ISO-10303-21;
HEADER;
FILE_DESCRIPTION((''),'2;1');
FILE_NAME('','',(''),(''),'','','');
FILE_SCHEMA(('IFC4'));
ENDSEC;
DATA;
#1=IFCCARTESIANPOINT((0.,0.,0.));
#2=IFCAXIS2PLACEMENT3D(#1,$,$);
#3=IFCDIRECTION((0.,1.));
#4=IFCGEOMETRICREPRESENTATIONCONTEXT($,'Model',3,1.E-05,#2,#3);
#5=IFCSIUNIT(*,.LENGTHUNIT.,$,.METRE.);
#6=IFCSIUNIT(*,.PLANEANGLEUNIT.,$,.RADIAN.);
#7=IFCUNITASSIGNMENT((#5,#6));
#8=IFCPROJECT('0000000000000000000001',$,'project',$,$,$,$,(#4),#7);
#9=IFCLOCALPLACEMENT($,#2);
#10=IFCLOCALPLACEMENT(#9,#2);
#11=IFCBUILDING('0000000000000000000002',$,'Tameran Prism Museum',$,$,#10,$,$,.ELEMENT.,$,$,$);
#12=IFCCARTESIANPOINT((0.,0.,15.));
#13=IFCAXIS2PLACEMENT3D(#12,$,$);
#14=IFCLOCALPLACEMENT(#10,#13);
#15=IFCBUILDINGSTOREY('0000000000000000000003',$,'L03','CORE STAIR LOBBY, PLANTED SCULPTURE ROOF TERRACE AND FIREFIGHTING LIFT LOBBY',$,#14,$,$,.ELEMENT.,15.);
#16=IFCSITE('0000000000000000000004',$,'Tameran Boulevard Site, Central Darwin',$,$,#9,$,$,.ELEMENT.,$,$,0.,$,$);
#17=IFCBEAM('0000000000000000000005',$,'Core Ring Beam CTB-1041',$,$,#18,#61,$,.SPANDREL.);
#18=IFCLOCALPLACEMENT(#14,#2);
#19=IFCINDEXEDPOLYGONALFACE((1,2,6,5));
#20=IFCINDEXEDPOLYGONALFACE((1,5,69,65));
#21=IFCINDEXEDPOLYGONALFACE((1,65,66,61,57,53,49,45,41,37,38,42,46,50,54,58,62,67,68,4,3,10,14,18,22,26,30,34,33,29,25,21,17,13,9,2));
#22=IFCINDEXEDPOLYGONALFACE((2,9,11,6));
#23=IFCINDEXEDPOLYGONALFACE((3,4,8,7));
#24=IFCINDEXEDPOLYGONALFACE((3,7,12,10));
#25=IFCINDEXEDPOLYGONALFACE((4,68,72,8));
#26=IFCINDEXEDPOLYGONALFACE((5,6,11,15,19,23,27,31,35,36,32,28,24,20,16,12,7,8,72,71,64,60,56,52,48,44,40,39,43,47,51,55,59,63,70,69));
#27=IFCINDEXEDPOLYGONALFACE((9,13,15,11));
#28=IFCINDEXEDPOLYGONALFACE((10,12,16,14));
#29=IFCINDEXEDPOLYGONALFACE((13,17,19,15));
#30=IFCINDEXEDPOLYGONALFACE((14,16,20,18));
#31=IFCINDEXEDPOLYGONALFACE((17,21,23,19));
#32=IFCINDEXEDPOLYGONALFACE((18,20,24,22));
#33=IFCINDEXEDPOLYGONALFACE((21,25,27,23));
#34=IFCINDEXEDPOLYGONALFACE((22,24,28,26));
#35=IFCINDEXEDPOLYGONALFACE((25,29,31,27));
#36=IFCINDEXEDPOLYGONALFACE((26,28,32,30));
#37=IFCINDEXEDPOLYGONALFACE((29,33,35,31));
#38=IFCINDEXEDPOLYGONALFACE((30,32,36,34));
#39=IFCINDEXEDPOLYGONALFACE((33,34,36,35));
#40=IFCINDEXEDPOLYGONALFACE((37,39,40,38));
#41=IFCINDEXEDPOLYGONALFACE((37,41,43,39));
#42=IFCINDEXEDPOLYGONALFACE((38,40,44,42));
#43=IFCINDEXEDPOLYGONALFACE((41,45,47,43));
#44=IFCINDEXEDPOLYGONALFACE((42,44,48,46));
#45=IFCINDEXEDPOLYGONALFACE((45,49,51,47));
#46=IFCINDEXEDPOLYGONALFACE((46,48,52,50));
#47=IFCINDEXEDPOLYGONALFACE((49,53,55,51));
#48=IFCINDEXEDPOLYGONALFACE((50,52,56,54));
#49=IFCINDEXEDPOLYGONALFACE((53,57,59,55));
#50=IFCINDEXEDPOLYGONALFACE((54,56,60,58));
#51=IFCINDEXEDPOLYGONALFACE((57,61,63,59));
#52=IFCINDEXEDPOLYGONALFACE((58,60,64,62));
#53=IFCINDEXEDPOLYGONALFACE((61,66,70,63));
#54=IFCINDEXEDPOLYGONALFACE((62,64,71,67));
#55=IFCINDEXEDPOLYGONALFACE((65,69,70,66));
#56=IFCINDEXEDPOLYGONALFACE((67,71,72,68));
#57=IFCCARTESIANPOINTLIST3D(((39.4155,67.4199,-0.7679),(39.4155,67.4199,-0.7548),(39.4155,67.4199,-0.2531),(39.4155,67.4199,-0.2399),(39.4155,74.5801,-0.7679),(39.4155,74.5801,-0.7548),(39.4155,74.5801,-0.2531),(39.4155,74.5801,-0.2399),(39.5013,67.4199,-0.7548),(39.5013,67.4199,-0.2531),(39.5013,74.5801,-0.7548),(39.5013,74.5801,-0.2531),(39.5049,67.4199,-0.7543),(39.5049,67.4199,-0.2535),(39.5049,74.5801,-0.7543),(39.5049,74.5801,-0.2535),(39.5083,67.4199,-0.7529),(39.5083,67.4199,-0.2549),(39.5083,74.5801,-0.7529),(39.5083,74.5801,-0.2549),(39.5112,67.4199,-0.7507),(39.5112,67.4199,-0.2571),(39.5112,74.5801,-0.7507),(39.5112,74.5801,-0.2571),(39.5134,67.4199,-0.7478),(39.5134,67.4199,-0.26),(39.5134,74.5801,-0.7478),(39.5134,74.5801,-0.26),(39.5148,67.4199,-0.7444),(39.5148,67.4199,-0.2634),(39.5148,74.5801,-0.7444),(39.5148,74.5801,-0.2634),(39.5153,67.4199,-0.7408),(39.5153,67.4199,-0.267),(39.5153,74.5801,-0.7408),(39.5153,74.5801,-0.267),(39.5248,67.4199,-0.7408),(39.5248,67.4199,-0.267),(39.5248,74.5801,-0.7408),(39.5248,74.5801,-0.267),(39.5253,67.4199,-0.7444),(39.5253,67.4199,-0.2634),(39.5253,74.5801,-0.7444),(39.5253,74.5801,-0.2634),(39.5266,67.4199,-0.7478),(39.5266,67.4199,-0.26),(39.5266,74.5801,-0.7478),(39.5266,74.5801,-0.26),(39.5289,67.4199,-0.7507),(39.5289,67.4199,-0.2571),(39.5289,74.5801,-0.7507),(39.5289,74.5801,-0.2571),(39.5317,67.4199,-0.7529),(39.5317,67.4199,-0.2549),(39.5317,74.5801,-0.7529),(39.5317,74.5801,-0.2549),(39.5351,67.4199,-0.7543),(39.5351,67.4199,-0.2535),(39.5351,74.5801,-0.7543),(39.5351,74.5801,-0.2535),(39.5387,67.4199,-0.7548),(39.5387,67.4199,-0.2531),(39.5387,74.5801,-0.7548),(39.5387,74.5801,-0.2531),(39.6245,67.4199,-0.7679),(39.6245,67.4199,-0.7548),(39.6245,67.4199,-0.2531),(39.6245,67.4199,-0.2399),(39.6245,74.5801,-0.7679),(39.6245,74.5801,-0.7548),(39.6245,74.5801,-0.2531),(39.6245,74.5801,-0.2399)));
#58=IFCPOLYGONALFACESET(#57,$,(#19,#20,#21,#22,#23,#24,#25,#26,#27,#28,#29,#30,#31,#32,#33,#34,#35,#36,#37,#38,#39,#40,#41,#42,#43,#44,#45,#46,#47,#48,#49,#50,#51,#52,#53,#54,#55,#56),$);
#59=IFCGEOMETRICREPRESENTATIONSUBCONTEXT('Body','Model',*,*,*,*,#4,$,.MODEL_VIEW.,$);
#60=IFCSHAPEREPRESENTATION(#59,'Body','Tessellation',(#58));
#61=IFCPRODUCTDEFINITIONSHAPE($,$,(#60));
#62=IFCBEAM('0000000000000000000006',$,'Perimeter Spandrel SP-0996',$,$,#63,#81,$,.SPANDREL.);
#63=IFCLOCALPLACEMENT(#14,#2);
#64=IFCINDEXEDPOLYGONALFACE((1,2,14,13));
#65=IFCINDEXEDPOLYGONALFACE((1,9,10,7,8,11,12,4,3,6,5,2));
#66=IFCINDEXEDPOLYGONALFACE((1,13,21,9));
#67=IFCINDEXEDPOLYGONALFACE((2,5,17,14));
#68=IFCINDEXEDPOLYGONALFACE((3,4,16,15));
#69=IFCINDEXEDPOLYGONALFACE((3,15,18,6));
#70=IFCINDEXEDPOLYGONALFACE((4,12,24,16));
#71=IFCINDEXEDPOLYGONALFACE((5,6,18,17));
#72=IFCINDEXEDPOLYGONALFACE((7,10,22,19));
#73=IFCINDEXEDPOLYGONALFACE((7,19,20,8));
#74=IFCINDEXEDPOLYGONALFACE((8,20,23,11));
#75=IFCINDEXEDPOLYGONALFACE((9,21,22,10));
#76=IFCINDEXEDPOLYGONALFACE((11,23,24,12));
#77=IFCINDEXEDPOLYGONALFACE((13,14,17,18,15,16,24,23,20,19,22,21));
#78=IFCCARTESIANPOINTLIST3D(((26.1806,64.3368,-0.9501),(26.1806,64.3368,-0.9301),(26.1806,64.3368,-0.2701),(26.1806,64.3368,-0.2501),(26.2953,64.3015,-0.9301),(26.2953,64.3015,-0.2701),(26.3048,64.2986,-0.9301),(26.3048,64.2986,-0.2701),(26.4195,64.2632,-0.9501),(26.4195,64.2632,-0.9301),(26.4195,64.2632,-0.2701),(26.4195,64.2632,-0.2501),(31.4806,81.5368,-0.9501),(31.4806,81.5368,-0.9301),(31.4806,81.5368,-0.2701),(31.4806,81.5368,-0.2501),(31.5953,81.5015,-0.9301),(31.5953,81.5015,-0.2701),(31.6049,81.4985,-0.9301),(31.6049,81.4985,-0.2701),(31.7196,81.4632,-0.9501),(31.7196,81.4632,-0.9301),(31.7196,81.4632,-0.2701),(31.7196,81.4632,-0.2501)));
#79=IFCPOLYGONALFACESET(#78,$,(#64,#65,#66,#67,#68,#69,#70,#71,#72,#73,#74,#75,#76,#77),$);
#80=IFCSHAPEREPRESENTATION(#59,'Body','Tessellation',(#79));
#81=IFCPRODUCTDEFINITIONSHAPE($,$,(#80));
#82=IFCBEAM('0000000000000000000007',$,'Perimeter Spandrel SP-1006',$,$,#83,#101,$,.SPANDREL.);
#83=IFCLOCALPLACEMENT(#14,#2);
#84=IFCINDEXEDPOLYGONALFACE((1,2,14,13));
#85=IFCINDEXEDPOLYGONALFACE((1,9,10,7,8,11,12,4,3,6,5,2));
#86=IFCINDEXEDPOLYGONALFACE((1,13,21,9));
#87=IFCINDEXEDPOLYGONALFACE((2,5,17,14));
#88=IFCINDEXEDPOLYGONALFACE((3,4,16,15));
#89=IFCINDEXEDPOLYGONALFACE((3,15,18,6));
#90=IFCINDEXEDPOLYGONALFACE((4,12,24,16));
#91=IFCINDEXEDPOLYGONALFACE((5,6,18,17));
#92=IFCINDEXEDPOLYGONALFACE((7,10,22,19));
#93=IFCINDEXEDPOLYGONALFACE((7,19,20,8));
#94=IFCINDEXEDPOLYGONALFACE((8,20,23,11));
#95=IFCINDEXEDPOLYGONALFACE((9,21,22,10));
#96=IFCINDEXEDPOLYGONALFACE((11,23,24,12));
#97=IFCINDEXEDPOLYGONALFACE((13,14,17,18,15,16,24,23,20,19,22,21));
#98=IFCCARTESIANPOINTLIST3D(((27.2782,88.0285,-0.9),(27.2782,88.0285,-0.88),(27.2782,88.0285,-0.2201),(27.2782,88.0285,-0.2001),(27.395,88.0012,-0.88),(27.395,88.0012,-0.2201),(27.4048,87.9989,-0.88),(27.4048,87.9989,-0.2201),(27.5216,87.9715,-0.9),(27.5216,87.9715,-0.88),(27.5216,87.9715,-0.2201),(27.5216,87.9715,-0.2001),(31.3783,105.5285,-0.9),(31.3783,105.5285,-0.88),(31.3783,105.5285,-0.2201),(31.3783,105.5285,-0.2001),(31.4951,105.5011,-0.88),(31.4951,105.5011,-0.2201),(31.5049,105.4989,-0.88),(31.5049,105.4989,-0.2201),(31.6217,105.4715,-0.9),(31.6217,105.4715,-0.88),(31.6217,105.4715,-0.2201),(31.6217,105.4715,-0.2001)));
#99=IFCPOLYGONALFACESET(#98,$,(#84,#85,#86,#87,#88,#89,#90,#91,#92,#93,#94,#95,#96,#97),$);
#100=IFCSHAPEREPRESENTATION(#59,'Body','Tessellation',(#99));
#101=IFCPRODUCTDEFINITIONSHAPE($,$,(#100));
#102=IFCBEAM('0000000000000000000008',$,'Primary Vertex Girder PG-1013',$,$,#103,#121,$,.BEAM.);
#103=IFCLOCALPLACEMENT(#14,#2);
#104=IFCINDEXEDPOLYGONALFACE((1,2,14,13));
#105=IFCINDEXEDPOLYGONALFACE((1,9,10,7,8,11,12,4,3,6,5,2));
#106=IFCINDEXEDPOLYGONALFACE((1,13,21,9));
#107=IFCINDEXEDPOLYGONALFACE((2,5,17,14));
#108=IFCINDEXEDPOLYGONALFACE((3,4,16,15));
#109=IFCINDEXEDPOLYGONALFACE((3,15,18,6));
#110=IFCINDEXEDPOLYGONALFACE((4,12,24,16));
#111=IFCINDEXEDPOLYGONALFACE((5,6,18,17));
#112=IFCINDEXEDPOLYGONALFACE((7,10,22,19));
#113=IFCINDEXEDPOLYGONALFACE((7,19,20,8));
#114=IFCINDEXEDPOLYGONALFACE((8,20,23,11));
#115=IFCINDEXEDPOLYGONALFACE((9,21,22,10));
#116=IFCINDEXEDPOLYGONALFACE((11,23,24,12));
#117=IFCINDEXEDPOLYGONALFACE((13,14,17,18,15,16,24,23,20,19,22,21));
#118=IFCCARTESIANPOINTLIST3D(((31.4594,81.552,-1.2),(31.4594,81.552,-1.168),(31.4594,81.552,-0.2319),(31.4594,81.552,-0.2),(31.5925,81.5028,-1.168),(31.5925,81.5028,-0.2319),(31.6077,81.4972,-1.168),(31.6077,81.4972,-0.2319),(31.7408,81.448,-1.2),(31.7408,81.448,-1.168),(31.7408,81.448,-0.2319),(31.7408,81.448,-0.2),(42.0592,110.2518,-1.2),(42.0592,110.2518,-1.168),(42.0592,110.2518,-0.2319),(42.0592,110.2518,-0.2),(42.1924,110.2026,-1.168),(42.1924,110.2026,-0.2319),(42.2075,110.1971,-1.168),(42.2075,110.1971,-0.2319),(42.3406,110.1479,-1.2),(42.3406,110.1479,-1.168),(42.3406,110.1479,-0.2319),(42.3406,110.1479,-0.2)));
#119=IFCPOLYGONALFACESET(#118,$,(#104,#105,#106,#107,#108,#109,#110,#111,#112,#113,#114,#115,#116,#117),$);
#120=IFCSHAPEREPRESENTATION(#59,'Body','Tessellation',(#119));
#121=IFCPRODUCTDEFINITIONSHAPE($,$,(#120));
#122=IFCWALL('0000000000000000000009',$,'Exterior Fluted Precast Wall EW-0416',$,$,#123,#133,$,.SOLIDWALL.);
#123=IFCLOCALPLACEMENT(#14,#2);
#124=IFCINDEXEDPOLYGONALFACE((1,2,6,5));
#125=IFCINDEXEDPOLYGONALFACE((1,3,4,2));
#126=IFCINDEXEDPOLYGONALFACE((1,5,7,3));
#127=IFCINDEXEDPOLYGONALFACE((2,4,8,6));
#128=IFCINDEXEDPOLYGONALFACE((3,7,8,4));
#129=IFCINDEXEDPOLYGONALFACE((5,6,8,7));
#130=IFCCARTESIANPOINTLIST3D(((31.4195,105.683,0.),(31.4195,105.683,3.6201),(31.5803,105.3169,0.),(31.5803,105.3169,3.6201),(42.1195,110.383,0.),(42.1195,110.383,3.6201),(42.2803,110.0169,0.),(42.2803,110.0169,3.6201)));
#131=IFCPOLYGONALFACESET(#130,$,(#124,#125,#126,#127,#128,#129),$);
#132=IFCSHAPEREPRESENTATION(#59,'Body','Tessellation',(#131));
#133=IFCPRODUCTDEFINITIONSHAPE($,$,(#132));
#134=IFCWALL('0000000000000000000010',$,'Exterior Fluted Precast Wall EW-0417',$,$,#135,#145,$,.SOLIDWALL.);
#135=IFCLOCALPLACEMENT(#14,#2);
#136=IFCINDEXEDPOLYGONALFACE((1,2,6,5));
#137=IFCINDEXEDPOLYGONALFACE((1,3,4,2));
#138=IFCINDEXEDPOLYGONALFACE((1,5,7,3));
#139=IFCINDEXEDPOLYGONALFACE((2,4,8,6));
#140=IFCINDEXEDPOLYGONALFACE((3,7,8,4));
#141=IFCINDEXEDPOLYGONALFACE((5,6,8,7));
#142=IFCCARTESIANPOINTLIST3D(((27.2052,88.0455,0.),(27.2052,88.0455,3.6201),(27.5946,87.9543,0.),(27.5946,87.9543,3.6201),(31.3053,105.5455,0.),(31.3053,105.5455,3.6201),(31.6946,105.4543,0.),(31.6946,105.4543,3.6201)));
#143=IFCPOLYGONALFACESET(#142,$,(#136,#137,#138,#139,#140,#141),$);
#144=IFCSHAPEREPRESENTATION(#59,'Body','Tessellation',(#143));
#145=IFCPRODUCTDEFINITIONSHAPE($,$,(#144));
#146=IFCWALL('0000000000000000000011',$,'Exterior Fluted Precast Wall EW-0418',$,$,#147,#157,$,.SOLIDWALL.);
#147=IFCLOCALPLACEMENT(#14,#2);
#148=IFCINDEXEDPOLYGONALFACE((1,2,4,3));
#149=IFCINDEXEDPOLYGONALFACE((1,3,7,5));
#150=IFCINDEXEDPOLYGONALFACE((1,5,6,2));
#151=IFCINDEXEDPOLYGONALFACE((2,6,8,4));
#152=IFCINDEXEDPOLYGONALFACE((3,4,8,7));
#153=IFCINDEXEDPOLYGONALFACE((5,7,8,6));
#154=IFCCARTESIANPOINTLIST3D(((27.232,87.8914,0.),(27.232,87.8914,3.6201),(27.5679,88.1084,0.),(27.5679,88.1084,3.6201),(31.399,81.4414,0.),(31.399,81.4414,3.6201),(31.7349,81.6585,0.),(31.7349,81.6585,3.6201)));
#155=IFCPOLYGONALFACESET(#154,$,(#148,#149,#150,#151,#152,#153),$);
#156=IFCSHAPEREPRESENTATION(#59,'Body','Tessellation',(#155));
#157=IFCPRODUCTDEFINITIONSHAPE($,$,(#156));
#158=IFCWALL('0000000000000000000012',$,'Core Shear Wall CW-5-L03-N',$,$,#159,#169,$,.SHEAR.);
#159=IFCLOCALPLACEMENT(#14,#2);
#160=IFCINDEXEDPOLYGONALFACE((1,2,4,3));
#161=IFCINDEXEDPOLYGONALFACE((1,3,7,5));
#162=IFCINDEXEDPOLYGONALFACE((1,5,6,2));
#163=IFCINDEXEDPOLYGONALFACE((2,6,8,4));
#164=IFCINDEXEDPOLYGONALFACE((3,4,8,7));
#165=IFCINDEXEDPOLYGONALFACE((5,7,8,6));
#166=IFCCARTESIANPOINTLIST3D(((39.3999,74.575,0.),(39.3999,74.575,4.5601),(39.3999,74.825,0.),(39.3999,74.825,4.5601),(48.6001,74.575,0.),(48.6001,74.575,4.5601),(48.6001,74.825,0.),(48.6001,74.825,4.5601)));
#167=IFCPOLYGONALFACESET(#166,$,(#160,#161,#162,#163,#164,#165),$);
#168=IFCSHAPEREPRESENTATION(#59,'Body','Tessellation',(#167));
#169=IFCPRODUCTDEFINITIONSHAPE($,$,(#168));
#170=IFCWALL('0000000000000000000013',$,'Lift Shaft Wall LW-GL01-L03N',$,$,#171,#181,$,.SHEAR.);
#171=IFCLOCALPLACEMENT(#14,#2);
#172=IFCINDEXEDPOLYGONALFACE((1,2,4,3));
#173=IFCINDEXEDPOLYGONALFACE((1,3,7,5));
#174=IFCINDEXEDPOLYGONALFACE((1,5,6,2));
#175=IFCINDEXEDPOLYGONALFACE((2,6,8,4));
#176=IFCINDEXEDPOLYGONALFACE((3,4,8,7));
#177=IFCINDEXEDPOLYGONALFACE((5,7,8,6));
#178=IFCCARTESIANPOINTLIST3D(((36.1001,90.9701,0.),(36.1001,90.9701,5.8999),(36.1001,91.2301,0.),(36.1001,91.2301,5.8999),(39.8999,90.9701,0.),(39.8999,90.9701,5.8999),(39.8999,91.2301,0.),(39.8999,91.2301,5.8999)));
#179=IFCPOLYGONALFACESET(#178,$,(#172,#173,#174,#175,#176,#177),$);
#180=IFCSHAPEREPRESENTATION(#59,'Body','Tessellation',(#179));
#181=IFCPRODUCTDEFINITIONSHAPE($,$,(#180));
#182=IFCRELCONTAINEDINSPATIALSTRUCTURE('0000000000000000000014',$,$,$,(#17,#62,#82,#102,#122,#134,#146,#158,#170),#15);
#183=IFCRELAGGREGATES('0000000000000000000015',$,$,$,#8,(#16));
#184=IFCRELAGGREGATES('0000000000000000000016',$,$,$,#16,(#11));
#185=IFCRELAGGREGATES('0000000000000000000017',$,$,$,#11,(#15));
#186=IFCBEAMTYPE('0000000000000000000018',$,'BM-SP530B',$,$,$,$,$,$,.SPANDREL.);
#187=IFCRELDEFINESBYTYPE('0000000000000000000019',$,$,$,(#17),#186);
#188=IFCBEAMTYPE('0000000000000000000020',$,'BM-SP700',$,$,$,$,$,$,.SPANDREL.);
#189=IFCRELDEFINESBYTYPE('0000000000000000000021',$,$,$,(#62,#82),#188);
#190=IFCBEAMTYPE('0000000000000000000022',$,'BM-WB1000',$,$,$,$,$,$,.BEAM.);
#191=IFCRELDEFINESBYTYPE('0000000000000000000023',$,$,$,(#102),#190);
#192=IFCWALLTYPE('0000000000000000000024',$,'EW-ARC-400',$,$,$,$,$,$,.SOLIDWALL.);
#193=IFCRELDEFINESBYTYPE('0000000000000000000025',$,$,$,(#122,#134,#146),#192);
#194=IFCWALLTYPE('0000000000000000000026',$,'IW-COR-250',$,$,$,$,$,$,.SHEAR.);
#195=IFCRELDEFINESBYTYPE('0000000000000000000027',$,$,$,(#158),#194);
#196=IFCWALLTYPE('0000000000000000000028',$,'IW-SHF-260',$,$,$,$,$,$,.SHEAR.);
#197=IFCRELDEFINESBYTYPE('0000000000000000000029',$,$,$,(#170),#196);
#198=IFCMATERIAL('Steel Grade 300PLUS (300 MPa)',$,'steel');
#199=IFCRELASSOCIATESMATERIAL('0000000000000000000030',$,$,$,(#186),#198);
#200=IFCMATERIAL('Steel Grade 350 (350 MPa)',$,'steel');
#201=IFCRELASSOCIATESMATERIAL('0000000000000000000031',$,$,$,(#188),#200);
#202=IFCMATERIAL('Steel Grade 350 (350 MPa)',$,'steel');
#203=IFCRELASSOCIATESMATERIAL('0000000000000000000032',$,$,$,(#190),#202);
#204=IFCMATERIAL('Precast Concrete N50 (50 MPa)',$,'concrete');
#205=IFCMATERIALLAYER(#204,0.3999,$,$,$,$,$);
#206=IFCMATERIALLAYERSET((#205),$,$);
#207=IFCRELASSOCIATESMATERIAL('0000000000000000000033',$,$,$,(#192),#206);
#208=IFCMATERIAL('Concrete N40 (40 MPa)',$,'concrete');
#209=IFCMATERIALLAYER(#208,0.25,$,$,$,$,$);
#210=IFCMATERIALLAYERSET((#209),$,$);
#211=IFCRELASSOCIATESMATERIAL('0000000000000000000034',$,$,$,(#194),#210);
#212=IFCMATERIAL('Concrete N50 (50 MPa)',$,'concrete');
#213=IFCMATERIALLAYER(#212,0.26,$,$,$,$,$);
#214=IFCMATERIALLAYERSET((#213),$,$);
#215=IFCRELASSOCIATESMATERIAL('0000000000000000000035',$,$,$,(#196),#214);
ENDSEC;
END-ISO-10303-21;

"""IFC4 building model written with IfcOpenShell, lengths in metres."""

from ifc_helpers import new_model, si_unit, direction, frame, frame_2d, origin, origin_2d, place, context, subcontext, project, spatial, rectangle, i_section, extrude, material, layer, layer_set, material_profile, profile_set, type_object, element, save


model = new_model("IFC4")

# Units and contexts
model_context = context("Model", 3, precision=1e-05, world=origin(), true_north=direction((0.0, 1.0)))
body_context = subcontext(model_context, "Body", "Model", "MODEL_VIEW")
ifc_project = project(units=[si_unit("LENGTHUNIT", "METRE"), si_unit("PLANEANGLEUNIT", "RADIAN")], contexts=[model_context])

# Site, building, storey
site_placement = place(None, origin())
site = spatial("IfcSite", under=ifc_project, at=site_placement, Name="Tameran Boulevard Site, Central Darwin", CompositionType="ELEMENT", RefElevation=0.0)
building_placement = place(site_placement, origin())
building = spatial("IfcBuilding", under=site, at=building_placement, Name="Tameran Prism Museum", CompositionType="ELEMENT")
storey_placement = place(building_placement, frame((0.0, 0.0, 15.0)))
storey = spatial("IfcBuildingStorey", under=building, at=storey_placement, Name="L03", Description="CORE STAIR LOBBY, PLANTED SCULPTURE ROOF TERRACE AND FIREFIGHTING LIFT LOBBY", CompositionType="ELEMENT", Elevation=15.0)

# Beams
ifc_material_1 = material(Name="Steel Grade 300PLUS (300 MPa)", Category="steel")
ifc_material_profile_1 = material_profile(ifc_material_1, i_section(OverallWidth=0.209, OverallDepth=0.5281, WebThickness=0.0095, FlangeThickness=0.0132, FilletRadius=0.0139, at=origin_2d()))
ifc_profile_set_1 = profile_set([ifc_material_profile_1])
beam_type_1 = type_object("IfcBeamType", Name="BM-SP530B", PredefinedType="SPANDREL", material=ifc_profile_set_1)
beam_1_placement = place(storey_placement, frame((39.52, 74.5801, -0.5039), z_axis=(0.0, -1.0, 0.0), x_axis=(1.0, 0.0, 0.0)))
element("IfcBeam", 1, at=beam_1_placement, inside=storey, type_object=beam_type_1, Name="Core Ring Beam CTB-1041", PredefinedType="SPANDREL", context=body_context, shape_type="SweptSolid", body=[
    extrude(i_section(OverallWidth=0.209, OverallDepth=0.5281, WebThickness=0.0095, FlangeThickness=0.0132, FilletRadius=0.0139, at=origin_2d()), origin(), (0.0, 0.0, 1.0), 7.1602),
])
ifc_material_2 = material(Name="Steel Grade 350 (350 MPa)", Category="steel")
ifc_material_profile_2 = material_profile(ifc_material_2, i_section(OverallWidth=0.25, OverallDepth=0.7, WebThickness=0.01, FlangeThickness=0.02, at=origin_2d()))
ifc_profile_set_2 = profile_set([ifc_material_profile_2])
beam_type_2 = type_object("IfcBeamType", Name="BM-SP700", PredefinedType="SPANDREL", material=ifc_profile_set_2)
beam_2_placement = place(storey_placement, frame((31.6001, 81.5, -0.6001), z_axis=(-0.294479, -0.955658, 0.0), x_axis=(0.955658, -0.294479, 0.0)))
element("IfcBeam", 2, at=beam_2_placement, inside=storey, type_object=beam_type_2, Name="Perimeter Spandrel SP-0996", PredefinedType="SPANDREL", context=body_context, shape_type="SweptSolid", body=[
    extrude(i_section(OverallWidth=0.25, OverallDepth=0.7, WebThickness=0.01, FlangeThickness=0.02, at=origin_2d()), origin(), (0.0, 0.0, 1.0), 17.998),
])
beam_3_placement = place(storey_placement, frame((31.5, 105.5, -0.55), z_axis=(-0.228114, -0.973634, 0.0), x_axis=(0.973634, -0.228114, 0.0)))
element("IfcBeam", 3, at=beam_3_placement, inside=storey, type_object=beam_type_2, Name="Perimeter Spandrel SP-1006", PredefinedType="SPANDREL", context=body_context, shape_type="SweptSolid", body=[
    extrude(i_section(OverallWidth=0.25, OverallDepth=0.7, WebThickness=0.01, FlangeThickness=0.02, at=origin_2d()), origin(), (0.0, 0.0, 1.0), 17.9739),
])
ifc_material_3 = material(Name="Steel Grade 350 (350 MPa)", Category="steel")
ifc_material_profile_3 = material_profile(ifc_material_3, i_section(OverallWidth=0.3, OverallDepth=1.0, WebThickness=0.0161, FlangeThickness=0.032, at=origin_2d()))
ifc_profile_set_3 = profile_set([ifc_material_profile_3])
beam_type_3 = type_object("IfcBeamType", Name="BM-WB1000", PredefinedType="BEAM", material=ifc_profile_set_3)
beam_4_placement = place(storey_placement, frame((31.6001, 81.5, -0.7), z_axis=(0.346459, 0.938065, 0.0), x_axis=(-0.938065, 0.346459, 0.0)))
element("IfcBeam", 4, at=beam_4_placement, inside=storey, type_object=beam_type_3, Name="Primary Vertex Girder PG-1013", PredefinedType="BEAM", context=body_context, shape_type="SweptSolid", body=[
    extrude(i_section(OverallWidth=0.3, OverallDepth=1.0, WebThickness=0.0161, FlangeThickness=0.032, at=origin_2d()), origin(), (0.0, 0.0, 1.0), 30.5947),
])

# Walls
ifc_material_4 = material(Name="Precast Concrete N50 (50 MPa)", Category="concrete")
ifc_layer_1 = layer(ifc_material_4, 0.3999)
ifc_layer_set_1 = layer_set([ifc_layer_1])
wall_type_1 = type_object("IfcWallType", Name="EW-ARC-400", PredefinedType="SOLIDWALL", material=ifc_layer_set_1)
wall_1_placement = place(storey_placement, frame((31.5, 105.5, 0.0), z_axis=(0.0, 0.0, 1.0), x_axis=(0.915568, 0.402163, 0.0)))
element("IfcWall", 5, at=wall_1_placement, inside=storey, type_object=wall_type_1, Name="Exterior Fluted Precast Wall EW-0416", PredefinedType="SOLIDWALL", context=body_context, shape_type="SweptSolid", body=[
    extrude(rectangle(XDim=11.6868, YDim=0.3999, at=frame_2d((5.8433, 0.0))), origin(), (0.0, 0.0, 1.0), 3.6201),
])
wall_2_placement = place(storey_placement, frame((27.3999, 88.0, 0.0), z_axis=(0.0, 0.0, 1.0), x_axis=(0.228114, 0.973634, 0.0)))
element("IfcWall", 6, at=wall_2_placement, inside=storey, type_object=wall_type_1, Name="Exterior Fluted Precast Wall EW-0417", PredefinedType="SOLIDWALL", context=body_context, shape_type="SweptSolid", body=[
    extrude(rectangle(XDim=17.9739, YDim=0.3999, at=frame_2d((8.9868, 0.0))), origin(), (0.0, 0.0, 1.0), 3.6201),
])
wall_3_placement = place(storey_placement, frame((31.5669, 81.55, 0.0), z_axis=(0.0, 0.0, 1.0), x_axis=(-0.542654, 0.839956, 0.0)))
element("IfcWall", 7, at=wall_3_placement, inside=storey, type_object=wall_type_1, Name="Exterior Fluted Precast Wall EW-0418", PredefinedType="SOLIDWALL", context=body_context, shape_type="SweptSolid", body=[
    extrude(rectangle(XDim=7.679, YDim=0.3999, at=frame_2d((3.8394, 0.0))), origin(), (0.0, 0.0, 1.0), 3.6201),
])
ifc_material_5 = material(Name="Concrete N40 (40 MPa)", Category="concrete")
ifc_layer_2 = layer(ifc_material_5, 0.25)
ifc_layer_set_2 = layer_set([ifc_layer_2])
wall_type_2 = type_object("IfcWallType", Name="IW-COR-250", PredefinedType="SHEAR", material=ifc_layer_set_2)
wall_4_placement = place(storey_placement, frame((39.3999, 74.7, 0.0), z_axis=(0.0, 0.0, 1.0), x_axis=(1.0, 0.0, 0.0)))
element("IfcWall", 8, at=wall_4_placement, inside=storey, type_object=wall_type_2, Name="Core Shear Wall CW-5-L03-N", PredefinedType="SHEAR", context=body_context, shape_type="SweptSolid", body=[
    extrude(rectangle(XDim=9.2002, YDim=0.25, at=frame_2d((4.6001, 0.0))), origin(), (0.0, 0.0, 1.0), 4.5601),
])
ifc_material_6 = material(Name="Concrete N50 (50 MPa)", Category="concrete")
ifc_layer_3 = layer(ifc_material_6, 0.26)
ifc_layer_set_3 = layer_set([ifc_layer_3])
wall_type_3 = type_object("IfcWallType", Name="IW-SHF-260", PredefinedType="SHEAR", material=ifc_layer_set_3)
wall_5_placement = place(storey_placement, frame((36.1001, 91.1001, 0.0), z_axis=(0.0, 0.0, 1.0), x_axis=(1.0, 0.0, 0.0)))
element("IfcWall", 9, at=wall_5_placement, inside=storey, type_object=wall_type_3, Name="Lift Shaft Wall LW-GL01-L03N", PredefinedType="SHEAR", context=body_context, shape_type="SweptSolid", body=[
    extrude(rectangle(XDim=3.7998, YDim=0.26, at=frame_2d((1.8999, 0.0))), origin(), (0.0, 0.0, 1.0), 5.8999),
])

save(model, "model.ifc")
